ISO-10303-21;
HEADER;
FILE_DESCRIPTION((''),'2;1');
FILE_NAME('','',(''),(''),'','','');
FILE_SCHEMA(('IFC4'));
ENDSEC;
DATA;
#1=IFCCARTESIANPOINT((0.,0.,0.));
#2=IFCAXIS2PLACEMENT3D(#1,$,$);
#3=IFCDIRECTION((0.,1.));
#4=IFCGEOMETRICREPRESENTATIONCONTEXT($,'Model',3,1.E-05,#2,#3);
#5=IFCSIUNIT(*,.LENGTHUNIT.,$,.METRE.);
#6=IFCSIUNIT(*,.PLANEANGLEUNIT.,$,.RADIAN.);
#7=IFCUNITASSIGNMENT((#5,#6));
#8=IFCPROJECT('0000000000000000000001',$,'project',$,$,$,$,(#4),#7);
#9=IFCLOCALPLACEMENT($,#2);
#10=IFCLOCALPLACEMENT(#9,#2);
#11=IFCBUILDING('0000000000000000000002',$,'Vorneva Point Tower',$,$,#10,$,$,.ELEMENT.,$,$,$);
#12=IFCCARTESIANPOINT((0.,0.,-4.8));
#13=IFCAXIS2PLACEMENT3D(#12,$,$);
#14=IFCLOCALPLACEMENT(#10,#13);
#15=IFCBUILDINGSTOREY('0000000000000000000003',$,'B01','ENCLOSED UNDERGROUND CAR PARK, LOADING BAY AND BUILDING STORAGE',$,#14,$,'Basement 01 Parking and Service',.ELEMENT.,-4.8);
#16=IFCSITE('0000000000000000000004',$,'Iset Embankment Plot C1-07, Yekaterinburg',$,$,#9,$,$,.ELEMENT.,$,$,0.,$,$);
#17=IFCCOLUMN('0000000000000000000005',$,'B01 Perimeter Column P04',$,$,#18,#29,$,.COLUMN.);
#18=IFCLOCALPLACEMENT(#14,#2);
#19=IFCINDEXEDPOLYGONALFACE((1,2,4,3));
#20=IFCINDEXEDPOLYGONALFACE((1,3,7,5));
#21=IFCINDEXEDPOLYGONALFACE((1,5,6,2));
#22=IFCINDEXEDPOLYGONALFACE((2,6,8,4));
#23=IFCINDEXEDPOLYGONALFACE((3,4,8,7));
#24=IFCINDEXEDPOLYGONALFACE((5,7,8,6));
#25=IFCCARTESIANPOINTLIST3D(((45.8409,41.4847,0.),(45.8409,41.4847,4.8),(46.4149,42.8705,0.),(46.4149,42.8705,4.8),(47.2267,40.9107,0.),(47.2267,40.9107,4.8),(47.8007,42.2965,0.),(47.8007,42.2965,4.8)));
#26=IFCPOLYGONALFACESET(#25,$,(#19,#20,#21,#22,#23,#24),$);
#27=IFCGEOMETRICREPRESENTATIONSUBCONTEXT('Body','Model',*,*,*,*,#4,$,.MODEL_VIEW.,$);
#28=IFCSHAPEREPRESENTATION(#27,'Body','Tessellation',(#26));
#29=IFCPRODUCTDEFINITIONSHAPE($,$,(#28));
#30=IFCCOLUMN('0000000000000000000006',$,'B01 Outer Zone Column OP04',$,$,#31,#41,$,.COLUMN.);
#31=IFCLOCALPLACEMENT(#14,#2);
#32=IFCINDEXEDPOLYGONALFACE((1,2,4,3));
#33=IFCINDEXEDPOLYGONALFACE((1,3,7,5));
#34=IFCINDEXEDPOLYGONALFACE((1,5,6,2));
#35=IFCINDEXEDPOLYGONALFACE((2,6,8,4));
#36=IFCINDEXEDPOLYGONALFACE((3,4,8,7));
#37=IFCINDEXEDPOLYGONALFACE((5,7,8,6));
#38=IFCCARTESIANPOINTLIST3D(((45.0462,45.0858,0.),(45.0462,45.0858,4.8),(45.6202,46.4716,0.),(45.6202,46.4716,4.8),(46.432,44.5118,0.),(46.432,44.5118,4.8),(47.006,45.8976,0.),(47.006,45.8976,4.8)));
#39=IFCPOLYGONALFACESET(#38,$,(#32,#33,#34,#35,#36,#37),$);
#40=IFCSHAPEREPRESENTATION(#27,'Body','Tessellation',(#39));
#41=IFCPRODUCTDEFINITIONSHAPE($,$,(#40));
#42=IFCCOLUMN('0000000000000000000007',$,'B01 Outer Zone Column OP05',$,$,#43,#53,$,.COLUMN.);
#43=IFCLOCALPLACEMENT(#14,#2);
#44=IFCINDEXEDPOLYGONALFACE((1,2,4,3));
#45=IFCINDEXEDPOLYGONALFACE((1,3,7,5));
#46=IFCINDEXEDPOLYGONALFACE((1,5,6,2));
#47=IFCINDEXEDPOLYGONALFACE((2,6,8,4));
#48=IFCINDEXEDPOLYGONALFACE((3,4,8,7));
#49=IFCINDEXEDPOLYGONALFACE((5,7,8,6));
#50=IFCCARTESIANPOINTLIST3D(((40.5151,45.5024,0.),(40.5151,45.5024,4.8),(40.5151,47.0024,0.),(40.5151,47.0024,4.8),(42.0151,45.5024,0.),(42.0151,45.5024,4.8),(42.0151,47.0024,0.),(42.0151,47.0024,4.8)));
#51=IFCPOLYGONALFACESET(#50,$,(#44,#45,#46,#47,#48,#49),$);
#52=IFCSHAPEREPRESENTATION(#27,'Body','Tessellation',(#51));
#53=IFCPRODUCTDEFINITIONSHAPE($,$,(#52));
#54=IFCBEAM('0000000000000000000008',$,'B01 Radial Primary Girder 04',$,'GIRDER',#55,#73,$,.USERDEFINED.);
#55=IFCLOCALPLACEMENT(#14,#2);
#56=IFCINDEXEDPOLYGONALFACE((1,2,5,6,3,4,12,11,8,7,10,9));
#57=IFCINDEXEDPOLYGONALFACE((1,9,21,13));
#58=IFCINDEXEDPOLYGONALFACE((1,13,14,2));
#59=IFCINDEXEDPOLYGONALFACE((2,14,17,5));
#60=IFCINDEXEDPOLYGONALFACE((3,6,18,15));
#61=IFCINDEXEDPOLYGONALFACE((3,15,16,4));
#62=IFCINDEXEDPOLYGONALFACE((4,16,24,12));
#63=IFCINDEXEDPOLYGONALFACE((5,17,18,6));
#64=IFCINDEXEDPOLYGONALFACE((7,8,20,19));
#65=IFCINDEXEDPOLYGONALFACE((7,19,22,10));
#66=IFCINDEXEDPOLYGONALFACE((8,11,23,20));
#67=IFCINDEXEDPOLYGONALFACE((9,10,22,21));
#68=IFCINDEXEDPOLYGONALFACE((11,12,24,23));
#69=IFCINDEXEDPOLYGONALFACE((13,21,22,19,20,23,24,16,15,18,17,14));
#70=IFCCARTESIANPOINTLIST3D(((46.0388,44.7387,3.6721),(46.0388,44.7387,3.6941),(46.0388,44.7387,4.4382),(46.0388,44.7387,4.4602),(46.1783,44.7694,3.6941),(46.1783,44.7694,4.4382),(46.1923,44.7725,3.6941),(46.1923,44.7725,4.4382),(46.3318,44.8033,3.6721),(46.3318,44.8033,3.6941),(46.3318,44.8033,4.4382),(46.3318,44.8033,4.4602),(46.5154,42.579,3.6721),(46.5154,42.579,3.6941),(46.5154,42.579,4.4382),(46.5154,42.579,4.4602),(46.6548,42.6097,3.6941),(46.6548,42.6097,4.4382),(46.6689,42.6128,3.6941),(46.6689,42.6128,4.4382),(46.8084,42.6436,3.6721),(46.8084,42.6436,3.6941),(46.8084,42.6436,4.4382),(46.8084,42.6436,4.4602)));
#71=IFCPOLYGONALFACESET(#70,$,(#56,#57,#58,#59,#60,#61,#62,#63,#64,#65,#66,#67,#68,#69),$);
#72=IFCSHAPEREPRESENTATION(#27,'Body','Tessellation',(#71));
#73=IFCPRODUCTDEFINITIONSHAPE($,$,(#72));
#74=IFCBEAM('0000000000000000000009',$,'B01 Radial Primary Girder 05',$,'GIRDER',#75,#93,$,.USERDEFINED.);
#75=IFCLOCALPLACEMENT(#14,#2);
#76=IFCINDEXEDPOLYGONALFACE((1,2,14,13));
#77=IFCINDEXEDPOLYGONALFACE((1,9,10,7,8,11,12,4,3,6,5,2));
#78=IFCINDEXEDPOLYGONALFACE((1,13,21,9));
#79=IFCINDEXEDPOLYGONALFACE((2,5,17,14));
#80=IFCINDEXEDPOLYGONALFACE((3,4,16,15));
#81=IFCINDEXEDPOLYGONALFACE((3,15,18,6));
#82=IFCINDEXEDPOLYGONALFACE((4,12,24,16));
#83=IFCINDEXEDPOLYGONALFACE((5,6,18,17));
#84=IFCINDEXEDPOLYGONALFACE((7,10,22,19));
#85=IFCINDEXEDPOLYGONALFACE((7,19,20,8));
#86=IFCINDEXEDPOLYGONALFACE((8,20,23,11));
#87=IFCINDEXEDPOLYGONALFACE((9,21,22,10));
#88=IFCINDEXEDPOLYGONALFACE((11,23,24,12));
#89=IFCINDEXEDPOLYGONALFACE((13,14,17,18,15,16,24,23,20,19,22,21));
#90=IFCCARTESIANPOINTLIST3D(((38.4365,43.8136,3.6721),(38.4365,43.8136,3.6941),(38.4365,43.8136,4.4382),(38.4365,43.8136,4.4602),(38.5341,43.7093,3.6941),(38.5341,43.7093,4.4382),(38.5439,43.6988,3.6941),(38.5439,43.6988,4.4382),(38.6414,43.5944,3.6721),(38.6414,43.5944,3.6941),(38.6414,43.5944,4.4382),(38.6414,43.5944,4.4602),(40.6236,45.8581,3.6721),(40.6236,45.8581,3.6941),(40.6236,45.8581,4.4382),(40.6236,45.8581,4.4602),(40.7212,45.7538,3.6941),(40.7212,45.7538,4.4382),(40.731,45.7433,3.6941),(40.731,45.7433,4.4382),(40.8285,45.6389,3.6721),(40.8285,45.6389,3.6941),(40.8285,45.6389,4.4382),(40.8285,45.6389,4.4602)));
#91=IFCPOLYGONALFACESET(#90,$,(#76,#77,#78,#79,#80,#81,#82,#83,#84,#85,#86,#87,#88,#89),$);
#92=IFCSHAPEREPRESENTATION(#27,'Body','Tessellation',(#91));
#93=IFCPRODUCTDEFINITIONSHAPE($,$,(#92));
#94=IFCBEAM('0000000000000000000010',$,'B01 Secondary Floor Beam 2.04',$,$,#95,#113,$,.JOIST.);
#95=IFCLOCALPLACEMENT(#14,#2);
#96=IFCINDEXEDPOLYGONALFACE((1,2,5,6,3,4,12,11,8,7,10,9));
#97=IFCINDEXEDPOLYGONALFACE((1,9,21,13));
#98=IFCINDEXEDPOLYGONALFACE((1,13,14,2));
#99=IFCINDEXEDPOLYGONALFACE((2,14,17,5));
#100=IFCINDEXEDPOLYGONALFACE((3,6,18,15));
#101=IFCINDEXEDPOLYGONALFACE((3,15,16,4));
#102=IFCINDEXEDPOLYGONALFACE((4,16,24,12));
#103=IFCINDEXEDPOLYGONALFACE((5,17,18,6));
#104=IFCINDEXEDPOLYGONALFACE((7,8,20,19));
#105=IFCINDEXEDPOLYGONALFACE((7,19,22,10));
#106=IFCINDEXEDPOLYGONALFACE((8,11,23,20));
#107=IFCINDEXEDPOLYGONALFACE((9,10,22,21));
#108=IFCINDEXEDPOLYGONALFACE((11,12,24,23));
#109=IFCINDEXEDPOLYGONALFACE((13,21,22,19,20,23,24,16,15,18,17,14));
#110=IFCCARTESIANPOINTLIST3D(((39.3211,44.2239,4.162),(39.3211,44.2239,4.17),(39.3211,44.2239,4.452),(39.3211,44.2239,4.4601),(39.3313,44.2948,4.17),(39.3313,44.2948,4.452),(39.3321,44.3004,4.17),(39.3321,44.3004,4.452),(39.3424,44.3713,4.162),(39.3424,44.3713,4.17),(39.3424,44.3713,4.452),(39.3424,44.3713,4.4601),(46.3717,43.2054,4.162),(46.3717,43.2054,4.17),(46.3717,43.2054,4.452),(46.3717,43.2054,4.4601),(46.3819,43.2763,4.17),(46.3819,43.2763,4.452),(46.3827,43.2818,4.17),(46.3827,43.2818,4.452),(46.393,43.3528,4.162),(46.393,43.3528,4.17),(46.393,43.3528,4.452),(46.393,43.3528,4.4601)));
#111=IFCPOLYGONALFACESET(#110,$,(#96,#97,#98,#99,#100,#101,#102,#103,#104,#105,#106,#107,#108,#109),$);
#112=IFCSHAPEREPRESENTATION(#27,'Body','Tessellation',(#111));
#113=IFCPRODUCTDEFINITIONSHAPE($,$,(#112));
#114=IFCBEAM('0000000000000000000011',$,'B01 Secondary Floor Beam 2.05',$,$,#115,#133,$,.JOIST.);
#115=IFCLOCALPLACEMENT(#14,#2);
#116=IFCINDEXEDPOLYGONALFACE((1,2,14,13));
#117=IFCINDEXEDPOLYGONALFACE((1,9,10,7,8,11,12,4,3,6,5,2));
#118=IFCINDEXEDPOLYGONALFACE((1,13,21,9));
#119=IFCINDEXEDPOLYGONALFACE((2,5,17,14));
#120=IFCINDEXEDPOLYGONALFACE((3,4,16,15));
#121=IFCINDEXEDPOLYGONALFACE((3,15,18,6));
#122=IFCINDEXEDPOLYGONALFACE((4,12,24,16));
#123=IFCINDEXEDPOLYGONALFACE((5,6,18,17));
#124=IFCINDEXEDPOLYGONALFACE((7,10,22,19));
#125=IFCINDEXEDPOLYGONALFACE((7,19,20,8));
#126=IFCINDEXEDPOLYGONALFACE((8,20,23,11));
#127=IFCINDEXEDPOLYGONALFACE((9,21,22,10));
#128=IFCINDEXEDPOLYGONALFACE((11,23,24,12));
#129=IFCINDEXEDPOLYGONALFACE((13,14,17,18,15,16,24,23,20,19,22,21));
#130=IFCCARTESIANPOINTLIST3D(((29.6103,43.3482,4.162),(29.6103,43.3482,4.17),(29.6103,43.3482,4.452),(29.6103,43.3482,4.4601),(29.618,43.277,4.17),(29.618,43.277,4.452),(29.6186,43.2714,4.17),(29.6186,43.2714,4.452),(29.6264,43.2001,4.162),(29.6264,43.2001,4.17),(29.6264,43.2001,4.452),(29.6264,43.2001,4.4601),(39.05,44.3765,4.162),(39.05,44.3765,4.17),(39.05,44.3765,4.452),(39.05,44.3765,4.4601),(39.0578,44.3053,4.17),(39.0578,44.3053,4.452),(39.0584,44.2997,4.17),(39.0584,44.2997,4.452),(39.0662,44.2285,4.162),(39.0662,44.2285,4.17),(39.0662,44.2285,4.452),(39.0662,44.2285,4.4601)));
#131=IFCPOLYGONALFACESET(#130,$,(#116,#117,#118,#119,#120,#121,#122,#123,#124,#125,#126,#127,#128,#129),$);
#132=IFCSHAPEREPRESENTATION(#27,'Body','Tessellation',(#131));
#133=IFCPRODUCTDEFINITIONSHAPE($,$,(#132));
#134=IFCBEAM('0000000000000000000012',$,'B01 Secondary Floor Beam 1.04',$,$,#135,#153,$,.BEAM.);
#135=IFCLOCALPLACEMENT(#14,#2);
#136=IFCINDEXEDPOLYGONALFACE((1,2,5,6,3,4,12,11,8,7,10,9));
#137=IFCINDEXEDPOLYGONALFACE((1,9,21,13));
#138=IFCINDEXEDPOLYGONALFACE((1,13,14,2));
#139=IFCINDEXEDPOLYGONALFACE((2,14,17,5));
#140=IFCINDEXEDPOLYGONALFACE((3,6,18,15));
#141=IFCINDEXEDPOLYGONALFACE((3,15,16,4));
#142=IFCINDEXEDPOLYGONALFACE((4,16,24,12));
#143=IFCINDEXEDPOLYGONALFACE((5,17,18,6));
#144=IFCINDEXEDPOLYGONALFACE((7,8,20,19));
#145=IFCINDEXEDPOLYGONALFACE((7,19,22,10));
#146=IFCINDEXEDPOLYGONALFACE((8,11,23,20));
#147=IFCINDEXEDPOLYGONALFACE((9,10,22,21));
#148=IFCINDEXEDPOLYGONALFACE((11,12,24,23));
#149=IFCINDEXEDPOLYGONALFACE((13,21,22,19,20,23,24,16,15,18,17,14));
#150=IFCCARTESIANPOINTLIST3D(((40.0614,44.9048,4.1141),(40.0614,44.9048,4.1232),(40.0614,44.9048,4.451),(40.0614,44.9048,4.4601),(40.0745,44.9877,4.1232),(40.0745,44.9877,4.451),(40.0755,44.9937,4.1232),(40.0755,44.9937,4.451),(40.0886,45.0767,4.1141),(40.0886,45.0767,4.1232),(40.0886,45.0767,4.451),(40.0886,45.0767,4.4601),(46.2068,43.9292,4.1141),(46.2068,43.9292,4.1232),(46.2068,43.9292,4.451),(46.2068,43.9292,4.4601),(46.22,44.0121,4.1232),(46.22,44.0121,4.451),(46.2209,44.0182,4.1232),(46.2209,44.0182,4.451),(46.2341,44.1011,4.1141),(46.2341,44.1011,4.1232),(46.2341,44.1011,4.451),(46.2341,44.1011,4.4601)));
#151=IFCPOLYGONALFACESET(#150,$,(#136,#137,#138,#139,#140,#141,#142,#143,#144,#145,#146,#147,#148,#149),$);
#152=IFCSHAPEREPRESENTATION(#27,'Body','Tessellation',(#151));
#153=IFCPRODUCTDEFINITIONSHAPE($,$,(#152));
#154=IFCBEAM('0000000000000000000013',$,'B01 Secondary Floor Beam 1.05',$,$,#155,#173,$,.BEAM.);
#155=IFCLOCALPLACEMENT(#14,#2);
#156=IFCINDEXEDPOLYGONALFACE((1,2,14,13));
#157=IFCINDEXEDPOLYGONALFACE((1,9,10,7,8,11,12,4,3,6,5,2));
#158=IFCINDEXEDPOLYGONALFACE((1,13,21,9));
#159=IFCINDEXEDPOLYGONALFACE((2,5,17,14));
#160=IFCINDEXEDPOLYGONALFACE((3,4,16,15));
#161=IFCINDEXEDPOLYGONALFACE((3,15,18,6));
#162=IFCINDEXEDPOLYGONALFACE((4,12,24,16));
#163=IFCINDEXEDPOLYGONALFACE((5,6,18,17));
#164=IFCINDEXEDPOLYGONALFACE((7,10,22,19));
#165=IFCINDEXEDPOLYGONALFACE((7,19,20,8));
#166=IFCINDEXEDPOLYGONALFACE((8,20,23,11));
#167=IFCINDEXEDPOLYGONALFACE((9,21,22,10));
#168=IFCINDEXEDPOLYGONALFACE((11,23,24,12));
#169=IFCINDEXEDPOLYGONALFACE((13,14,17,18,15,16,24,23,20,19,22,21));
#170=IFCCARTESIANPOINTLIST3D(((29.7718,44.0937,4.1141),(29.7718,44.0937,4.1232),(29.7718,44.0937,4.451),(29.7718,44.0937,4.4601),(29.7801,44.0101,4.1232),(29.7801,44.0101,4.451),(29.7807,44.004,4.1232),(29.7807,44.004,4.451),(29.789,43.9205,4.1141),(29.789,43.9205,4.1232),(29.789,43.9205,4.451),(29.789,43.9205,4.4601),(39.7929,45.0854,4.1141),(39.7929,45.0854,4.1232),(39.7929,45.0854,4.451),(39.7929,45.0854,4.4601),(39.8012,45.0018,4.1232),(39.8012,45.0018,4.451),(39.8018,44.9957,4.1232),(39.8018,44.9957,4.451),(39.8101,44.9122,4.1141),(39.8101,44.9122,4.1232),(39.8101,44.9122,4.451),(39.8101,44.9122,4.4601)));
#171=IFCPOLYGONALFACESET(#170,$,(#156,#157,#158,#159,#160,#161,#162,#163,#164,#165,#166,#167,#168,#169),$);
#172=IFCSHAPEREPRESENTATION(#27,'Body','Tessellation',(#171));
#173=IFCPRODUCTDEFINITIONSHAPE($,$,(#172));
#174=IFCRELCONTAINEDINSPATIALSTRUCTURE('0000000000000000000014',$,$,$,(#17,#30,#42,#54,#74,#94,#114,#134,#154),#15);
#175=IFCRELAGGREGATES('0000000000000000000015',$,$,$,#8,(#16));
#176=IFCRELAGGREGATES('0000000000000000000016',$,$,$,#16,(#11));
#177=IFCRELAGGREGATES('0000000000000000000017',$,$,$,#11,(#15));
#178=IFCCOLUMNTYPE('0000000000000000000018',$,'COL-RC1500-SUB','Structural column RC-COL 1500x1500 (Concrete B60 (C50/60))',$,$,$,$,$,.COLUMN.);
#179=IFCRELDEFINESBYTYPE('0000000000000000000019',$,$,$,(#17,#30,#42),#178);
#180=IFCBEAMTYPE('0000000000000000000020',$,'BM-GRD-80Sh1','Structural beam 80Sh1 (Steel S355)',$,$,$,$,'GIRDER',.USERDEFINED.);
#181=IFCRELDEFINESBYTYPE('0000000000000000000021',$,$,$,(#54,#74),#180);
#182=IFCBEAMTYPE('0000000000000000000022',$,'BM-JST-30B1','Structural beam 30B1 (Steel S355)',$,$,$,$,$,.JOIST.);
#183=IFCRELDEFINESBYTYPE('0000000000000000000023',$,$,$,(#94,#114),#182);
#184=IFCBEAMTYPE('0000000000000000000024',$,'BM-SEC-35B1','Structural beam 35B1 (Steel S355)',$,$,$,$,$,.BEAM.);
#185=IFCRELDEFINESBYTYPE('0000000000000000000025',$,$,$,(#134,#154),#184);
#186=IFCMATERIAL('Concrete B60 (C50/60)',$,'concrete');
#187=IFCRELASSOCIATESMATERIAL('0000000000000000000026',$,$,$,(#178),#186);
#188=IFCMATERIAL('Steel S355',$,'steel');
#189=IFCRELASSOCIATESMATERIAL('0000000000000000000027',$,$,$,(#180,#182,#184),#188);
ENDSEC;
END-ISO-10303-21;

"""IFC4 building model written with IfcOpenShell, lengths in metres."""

from ifc_helpers import new_model, si_unit, direction, frame, origin, origin_2d, place, context, subcontext, project, spatial, rectangle, i_section, extrude, material, material_profile, profile_set, type_object, element, save


model = new_model("IFC4")

# Units and contexts
model_context = context("Model", 3, precision=1e-05, world=origin(), true_north=direction((0.0, 1.0)))
body_context = subcontext(model_context, "Body", "Model", "MODEL_VIEW")
ifc_project = project(units=[si_unit("LENGTHUNIT", "METRE"), si_unit("PLANEANGLEUNIT", "RADIAN")], contexts=[model_context])

# Site, building, storey
site_placement = place(None, origin())
site = spatial("IfcSite", under=ifc_project, at=site_placement, Name="Iset Embankment Plot C1-07, Yekaterinburg", CompositionType="ELEMENT", RefElevation=0.0)
building_placement = place(site_placement, origin())
building = spatial("IfcBuilding", under=site, at=building_placement, Name="Vorneva Point Tower", CompositionType="ELEMENT")
storey_placement = place(building_placement, frame((0.0, 0.0, -4.8)))
storey = spatial("IfcBuildingStorey", under=building, at=storey_placement, Name="B01", Description="ENCLOSED UNDERGROUND CAR PARK, LOADING BAY AND BUILDING STORAGE", LongName="Basement 01 Parking and Service", CompositionType="ELEMENT", Elevation=-4.8)

# Columns
ifc_material_1 = material(Name="Concrete B60 (C50/60)", Category="concrete")
ifc_material_profile_1 = material_profile(ifc_material_1, rectangle(XDim=1.5, YDim=1.5, at=origin_2d()), Name="RC-COL 1500x1500")
ifc_profile_set_1 = profile_set([ifc_material_profile_1], Name="Concrete B60 (C50/60)")
column_type = type_object("IfcColumnType", Name="COL-RC1500-SUB", Description="Structural column RC-COL 1500x1500 (Concrete B60 (C50/60))", PredefinedType="COLUMN", material=ifc_profile_set_1)
for number, where, z_axis, x_axis, name in (
    (1, (46.8208, 41.8906, 0.0), (0.0, 0.0, 1.0), (0.382683, 0.92388, 0.0), "B01 Perimeter Column P04"),
    (2, (46.0261, 45.4917, 0.0), (0.0, 0.0, 1.0), (0.382683, 0.92388, 0.0), "B01 Outer Zone Column OP04"),
    (3, (41.2651, 46.2524, 0.0), (0.0, 0.0, 1.0), (0.0, 1.0, 0.0), "B01 Outer Zone Column OP05"),
):
    element("IfcColumn", number, at=place(storey_placement, frame(where, z_axis=z_axis, x_axis=x_axis)), inside=storey, type_object=column_type, Name=name, PredefinedType="COLUMN", context=body_context, shape_type="SweptSolid", body=[
        extrude(rectangle(XDim=1.5, YDim=1.5, at=origin_2d()), origin(), (0.0, 0.0, 1.0), 4.8),
    ])

# Beams
ifc_material_2 = material(Name="Steel S355", Category="steel")
ifc_material_profile_2 = material_profile(ifc_material_2, i_section(OverallWidth=0.3, OverallDepth=0.7881, WebThickness=0.0144, FlangeThickness=0.022, at=origin_2d()), Name="80Sh1")
ifc_profile_set_2 = profile_set([ifc_material_profile_2], Name="Steel S355")
beam_type_1 = type_object("IfcBeamType", Name="BM-GRD-80Sh1", Description="Structural beam 80Sh1 (Steel S355)", ElementType="GIRDER", PredefinedType="USERDEFINED", material=ifc_profile_set_2)
beam_1_placement = place(storey_placement, frame((46.1853, 44.771, 4.0662), z_axis=(0.215481, -0.976508, 0.0), x_axis=(0.976508, 0.215481, 0.0)))
element("IfcBeam", 4, at=beam_1_placement, inside=storey, type_object=beam_type_1, Name="B01 Radial Primary Girder 04", ObjectType="GIRDER", PredefinedType="USERDEFINED", context=body_context, shape_type="SweptSolid", body=[
    extrude(i_section(OverallWidth=0.3, OverallDepth=0.7881, WebThickness=0.0144, FlangeThickness=0.022, at=origin_2d()), origin(), (0.0, 0.0, 1.0), 2.2117),
])
beam_2_placement = place(storey_placement, frame((40.7261, 45.7485, 4.0662), z_axis=(-0.730518, -0.682893, 0.0), x_axis=(0.682893, -0.730518, 0.0)))
element("IfcBeam", 5, at=beam_2_placement, inside=storey, type_object=beam_type_1, Name="B01 Radial Primary Girder 05", ObjectType="GIRDER", PredefinedType="USERDEFINED", context=body_context, shape_type="SweptSolid", body=[
    extrude(i_section(OverallWidth=0.3, OverallDepth=0.7881, WebThickness=0.0144, FlangeThickness=0.022, at=origin_2d()), origin(), (0.0, 0.0, 1.0), 2.9939),
])
ifc_material_profile_3 = material_profile(ifc_material_2, i_section(OverallWidth=0.1489, OverallDepth=0.2981, WebThickness=0.0056, FlangeThickness=0.0081, at=origin_2d()), Name="30B1")
ifc_profile_set_3 = profile_set([ifc_material_profile_3], Name="Steel S355")
beam_type_2 = type_object("IfcBeamType", Name="BM-JST-30B1", Description="Structural beam 30B1 (Steel S355)", PredefinedType="JOIST", material=ifc_profile_set_3)
beam_3_placement = place(storey_placement, frame((46.3823, 43.2791, 4.311), z_axis=(-0.989726, 0.142981, 0.0), x_axis=(-0.142981, -0.989726, 0.0)))
element("IfcBeam", 6, at=beam_3_placement, inside=storey, type_object=beam_type_2, Name="B01 Secondary Floor Beam 2.04", PredefinedType="JOIST", context=body_context, shape_type="SweptSolid", body=[
    extrude(i_section(OverallWidth=0.1489, OverallDepth=0.2981, WebThickness=0.0056, FlangeThickness=0.0081, at=origin_2d()), origin(), (0.0, 0.0, 1.0), 7.1238),
])
beam_4_placement = place(storey_placement, frame((39.0581, 44.3025, 4.311), z_axis=(-0.994119, -0.108295, 0.0), x_axis=(0.108295, -0.994119, 0.0)))
element("IfcBeam", 7, at=beam_4_placement, inside=storey, type_object=beam_type_2, Name="B01 Secondary Floor Beam 2.05", PredefinedType="JOIST", context=body_context, shape_type="SweptSolid", body=[
    extrude(i_section(OverallWidth=0.1489, OverallDepth=0.2981, WebThickness=0.0056, FlangeThickness=0.0081, at=origin_2d()), origin(), (0.0, 0.0, 1.0), 9.4956),
])
ifc_material_profile_4 = material_profile(ifc_material_2, i_section(OverallWidth=0.1741, OverallDepth=0.3459, WebThickness=0.0061, FlangeThickness=0.009, at=origin_2d()), Name="35B1")
ifc_profile_set_4 = profile_set([ifc_material_profile_4], Name="Steel S355")
beam_type_3 = type_object("IfcBeamType", Name="BM-SEC-35B1", Description="Structural beam 35B1 (Steel S355)", PredefinedType="BEAM", material=ifc_profile_set_4)
beam_5_placement = place(storey_placement, frame((46.2205, 44.0151, 4.2871), z_axis=(-0.987633, 0.156785, 0.0), x_axis=(-0.156785, -0.987633, 0.0)))
element("IfcBeam", 8, at=beam_5_placement, inside=storey, type_object=beam_type_3, Name="B01 Secondary Floor Beam 1.04", PredefinedType="BEAM", context=body_context, shape_type="SweptSolid", body=[
    extrude(i_section(OverallWidth=0.1741, OverallDepth=0.3459, WebThickness=0.0061, FlangeThickness=0.009, at=origin_2d()), origin(), (0.0, 0.0, 1.0), 6.2224),
])
beam_6_placement = place(storey_placement, frame((39.8015, 44.9988, 4.2871), z_axis=(-0.995139, -0.098481, 0.0), x_axis=(0.098481, -0.995139, 0.0)))
element("IfcBeam", 9, at=beam_6_placement, inside=storey, type_object=beam_type_3, Name="B01 Secondary Floor Beam 1.05", PredefinedType="BEAM", context=body_context, shape_type="SweptSolid", body=[
    extrude(i_section(OverallWidth=0.1741, OverallDepth=0.3459, WebThickness=0.0061, FlangeThickness=0.009, at=origin_2d()), origin(), (0.0, 0.0, 1.0), 10.0701),
])

save(model, "model.ifc")
